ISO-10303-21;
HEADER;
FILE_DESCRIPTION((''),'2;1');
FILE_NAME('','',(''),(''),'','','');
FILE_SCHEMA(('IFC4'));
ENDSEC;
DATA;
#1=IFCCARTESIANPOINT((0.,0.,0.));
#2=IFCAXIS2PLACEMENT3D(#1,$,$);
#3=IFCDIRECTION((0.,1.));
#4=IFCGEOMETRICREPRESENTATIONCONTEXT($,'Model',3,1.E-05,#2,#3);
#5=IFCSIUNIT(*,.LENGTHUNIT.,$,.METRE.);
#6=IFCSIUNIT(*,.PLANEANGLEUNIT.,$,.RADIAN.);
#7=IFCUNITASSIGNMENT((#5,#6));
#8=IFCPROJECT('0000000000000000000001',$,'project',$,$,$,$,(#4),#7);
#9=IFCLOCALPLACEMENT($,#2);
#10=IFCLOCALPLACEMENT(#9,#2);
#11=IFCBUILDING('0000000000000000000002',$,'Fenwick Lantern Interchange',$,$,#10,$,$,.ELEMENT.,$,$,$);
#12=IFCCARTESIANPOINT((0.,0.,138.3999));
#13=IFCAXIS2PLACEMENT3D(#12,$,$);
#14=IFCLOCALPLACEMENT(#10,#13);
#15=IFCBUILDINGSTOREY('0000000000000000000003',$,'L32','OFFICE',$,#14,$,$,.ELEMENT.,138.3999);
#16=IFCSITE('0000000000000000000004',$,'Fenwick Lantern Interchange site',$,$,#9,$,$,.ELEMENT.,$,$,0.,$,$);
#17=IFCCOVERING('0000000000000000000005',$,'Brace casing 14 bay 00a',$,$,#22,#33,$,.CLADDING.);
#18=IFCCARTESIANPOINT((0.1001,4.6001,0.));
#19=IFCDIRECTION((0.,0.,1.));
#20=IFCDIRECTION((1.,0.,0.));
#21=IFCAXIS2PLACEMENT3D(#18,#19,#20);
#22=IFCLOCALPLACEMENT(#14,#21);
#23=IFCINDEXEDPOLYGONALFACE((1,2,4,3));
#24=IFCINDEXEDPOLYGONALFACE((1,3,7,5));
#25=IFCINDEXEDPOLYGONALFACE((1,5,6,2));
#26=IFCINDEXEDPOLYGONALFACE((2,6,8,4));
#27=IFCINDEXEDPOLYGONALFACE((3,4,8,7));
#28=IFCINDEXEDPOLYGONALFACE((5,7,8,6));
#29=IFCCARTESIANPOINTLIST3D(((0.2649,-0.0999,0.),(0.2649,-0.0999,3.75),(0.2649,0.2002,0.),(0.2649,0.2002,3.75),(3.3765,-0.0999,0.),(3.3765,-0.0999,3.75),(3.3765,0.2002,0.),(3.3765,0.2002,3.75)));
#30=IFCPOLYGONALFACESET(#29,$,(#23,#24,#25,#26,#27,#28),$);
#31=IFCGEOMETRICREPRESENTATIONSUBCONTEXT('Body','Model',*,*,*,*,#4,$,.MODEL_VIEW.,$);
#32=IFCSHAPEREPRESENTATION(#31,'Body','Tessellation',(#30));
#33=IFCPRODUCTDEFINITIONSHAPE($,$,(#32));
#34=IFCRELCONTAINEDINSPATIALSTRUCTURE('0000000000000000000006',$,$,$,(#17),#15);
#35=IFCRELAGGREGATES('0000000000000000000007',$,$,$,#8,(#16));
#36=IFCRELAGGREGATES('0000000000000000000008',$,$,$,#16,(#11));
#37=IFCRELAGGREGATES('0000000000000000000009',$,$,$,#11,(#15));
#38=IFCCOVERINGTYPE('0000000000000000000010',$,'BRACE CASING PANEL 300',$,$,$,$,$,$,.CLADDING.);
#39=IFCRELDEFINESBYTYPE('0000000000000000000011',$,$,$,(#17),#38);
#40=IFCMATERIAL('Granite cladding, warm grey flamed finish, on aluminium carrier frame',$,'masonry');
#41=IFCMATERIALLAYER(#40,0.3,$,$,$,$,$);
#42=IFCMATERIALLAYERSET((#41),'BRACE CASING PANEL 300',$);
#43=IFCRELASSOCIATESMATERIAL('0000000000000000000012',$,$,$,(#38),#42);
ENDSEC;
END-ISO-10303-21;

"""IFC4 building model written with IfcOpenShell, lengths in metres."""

from ifc_helpers import new_model, si_unit, direction, frame, origin, place, context, subcontext, project, spatial, polyline, outline, extrude, material, layer, layer_set, type_object, element, save


model = new_model("IFC4")

# Units and contexts
model_context = context("Model", 3, precision=1e-05, world=origin(), true_north=direction((0.0, 1.0)))
body_context = subcontext(model_context, "Body", "Model", "MODEL_VIEW")
ifc_project = project(units=[si_unit("LENGTHUNIT", "METRE"), si_unit("PLANEANGLEUNIT", "RADIAN")], contexts=[model_context])

# Site, building, storey
site_placement = place(None, origin())
site = spatial("IfcSite", under=ifc_project, at=site_placement, Name="Fenwick Lantern Interchange site", CompositionType="ELEMENT", RefElevation=0.0)
building_placement = place(site_placement, origin())
building = spatial("IfcBuilding", under=site, at=building_placement, Name="Fenwick Lantern Interchange", CompositionType="ELEMENT")
storey_placement = place(building_placement, frame((0.0, 0.0, 138.3999)))
storey = spatial("IfcBuildingStorey", under=building, at=storey_placement, Name="L32", Description="OFFICE", CompositionType="ELEMENT", Elevation=138.3999)

# Covering
ifc_material_1 = material(Name="Granite cladding, warm grey flamed finish, on aluminium carrier frame", Category="masonry")
ifc_layer_1 = layer(ifc_material_1, 0.3)
ifc_layer_set_1 = layer_set([ifc_layer_1], Name="BRACE CASING PANEL 300")
covering_type_1 = type_object("IfcCoveringType", Name="BRACE CASING PANEL 300", PredefinedType="CLADDING", material=ifc_layer_set_1)
covering_1_placement = place(storey_placement, frame((0.1001, 4.6001, 0.0), z_axis=(0.0, 0.0, 1.0), x_axis=(1.0, 0.0, 0.0)))
element("IfcCovering", 1, at=covering_1_placement, inside=storey, type_object=covering_type_1, Name="Brace casing 14 bay 00a", PredefinedType="CLADDING", context=body_context, shape_type="SweptSolid", body=[
    extrude(outline(polyline([(0.2649, 0.0), (3.3765, 0.0), (3.3765, 3.75), (0.2649, 3.75), (0.2649, 0.0)])), frame((0.0, 0.2002, 0.0), z_axis=(0.0, -1.0, 0.0), x_axis=(1.0, 0.0, 0.0)), (0.0, 0.0, 1.0), 0.3),
])

save(model, "model.ifc")
